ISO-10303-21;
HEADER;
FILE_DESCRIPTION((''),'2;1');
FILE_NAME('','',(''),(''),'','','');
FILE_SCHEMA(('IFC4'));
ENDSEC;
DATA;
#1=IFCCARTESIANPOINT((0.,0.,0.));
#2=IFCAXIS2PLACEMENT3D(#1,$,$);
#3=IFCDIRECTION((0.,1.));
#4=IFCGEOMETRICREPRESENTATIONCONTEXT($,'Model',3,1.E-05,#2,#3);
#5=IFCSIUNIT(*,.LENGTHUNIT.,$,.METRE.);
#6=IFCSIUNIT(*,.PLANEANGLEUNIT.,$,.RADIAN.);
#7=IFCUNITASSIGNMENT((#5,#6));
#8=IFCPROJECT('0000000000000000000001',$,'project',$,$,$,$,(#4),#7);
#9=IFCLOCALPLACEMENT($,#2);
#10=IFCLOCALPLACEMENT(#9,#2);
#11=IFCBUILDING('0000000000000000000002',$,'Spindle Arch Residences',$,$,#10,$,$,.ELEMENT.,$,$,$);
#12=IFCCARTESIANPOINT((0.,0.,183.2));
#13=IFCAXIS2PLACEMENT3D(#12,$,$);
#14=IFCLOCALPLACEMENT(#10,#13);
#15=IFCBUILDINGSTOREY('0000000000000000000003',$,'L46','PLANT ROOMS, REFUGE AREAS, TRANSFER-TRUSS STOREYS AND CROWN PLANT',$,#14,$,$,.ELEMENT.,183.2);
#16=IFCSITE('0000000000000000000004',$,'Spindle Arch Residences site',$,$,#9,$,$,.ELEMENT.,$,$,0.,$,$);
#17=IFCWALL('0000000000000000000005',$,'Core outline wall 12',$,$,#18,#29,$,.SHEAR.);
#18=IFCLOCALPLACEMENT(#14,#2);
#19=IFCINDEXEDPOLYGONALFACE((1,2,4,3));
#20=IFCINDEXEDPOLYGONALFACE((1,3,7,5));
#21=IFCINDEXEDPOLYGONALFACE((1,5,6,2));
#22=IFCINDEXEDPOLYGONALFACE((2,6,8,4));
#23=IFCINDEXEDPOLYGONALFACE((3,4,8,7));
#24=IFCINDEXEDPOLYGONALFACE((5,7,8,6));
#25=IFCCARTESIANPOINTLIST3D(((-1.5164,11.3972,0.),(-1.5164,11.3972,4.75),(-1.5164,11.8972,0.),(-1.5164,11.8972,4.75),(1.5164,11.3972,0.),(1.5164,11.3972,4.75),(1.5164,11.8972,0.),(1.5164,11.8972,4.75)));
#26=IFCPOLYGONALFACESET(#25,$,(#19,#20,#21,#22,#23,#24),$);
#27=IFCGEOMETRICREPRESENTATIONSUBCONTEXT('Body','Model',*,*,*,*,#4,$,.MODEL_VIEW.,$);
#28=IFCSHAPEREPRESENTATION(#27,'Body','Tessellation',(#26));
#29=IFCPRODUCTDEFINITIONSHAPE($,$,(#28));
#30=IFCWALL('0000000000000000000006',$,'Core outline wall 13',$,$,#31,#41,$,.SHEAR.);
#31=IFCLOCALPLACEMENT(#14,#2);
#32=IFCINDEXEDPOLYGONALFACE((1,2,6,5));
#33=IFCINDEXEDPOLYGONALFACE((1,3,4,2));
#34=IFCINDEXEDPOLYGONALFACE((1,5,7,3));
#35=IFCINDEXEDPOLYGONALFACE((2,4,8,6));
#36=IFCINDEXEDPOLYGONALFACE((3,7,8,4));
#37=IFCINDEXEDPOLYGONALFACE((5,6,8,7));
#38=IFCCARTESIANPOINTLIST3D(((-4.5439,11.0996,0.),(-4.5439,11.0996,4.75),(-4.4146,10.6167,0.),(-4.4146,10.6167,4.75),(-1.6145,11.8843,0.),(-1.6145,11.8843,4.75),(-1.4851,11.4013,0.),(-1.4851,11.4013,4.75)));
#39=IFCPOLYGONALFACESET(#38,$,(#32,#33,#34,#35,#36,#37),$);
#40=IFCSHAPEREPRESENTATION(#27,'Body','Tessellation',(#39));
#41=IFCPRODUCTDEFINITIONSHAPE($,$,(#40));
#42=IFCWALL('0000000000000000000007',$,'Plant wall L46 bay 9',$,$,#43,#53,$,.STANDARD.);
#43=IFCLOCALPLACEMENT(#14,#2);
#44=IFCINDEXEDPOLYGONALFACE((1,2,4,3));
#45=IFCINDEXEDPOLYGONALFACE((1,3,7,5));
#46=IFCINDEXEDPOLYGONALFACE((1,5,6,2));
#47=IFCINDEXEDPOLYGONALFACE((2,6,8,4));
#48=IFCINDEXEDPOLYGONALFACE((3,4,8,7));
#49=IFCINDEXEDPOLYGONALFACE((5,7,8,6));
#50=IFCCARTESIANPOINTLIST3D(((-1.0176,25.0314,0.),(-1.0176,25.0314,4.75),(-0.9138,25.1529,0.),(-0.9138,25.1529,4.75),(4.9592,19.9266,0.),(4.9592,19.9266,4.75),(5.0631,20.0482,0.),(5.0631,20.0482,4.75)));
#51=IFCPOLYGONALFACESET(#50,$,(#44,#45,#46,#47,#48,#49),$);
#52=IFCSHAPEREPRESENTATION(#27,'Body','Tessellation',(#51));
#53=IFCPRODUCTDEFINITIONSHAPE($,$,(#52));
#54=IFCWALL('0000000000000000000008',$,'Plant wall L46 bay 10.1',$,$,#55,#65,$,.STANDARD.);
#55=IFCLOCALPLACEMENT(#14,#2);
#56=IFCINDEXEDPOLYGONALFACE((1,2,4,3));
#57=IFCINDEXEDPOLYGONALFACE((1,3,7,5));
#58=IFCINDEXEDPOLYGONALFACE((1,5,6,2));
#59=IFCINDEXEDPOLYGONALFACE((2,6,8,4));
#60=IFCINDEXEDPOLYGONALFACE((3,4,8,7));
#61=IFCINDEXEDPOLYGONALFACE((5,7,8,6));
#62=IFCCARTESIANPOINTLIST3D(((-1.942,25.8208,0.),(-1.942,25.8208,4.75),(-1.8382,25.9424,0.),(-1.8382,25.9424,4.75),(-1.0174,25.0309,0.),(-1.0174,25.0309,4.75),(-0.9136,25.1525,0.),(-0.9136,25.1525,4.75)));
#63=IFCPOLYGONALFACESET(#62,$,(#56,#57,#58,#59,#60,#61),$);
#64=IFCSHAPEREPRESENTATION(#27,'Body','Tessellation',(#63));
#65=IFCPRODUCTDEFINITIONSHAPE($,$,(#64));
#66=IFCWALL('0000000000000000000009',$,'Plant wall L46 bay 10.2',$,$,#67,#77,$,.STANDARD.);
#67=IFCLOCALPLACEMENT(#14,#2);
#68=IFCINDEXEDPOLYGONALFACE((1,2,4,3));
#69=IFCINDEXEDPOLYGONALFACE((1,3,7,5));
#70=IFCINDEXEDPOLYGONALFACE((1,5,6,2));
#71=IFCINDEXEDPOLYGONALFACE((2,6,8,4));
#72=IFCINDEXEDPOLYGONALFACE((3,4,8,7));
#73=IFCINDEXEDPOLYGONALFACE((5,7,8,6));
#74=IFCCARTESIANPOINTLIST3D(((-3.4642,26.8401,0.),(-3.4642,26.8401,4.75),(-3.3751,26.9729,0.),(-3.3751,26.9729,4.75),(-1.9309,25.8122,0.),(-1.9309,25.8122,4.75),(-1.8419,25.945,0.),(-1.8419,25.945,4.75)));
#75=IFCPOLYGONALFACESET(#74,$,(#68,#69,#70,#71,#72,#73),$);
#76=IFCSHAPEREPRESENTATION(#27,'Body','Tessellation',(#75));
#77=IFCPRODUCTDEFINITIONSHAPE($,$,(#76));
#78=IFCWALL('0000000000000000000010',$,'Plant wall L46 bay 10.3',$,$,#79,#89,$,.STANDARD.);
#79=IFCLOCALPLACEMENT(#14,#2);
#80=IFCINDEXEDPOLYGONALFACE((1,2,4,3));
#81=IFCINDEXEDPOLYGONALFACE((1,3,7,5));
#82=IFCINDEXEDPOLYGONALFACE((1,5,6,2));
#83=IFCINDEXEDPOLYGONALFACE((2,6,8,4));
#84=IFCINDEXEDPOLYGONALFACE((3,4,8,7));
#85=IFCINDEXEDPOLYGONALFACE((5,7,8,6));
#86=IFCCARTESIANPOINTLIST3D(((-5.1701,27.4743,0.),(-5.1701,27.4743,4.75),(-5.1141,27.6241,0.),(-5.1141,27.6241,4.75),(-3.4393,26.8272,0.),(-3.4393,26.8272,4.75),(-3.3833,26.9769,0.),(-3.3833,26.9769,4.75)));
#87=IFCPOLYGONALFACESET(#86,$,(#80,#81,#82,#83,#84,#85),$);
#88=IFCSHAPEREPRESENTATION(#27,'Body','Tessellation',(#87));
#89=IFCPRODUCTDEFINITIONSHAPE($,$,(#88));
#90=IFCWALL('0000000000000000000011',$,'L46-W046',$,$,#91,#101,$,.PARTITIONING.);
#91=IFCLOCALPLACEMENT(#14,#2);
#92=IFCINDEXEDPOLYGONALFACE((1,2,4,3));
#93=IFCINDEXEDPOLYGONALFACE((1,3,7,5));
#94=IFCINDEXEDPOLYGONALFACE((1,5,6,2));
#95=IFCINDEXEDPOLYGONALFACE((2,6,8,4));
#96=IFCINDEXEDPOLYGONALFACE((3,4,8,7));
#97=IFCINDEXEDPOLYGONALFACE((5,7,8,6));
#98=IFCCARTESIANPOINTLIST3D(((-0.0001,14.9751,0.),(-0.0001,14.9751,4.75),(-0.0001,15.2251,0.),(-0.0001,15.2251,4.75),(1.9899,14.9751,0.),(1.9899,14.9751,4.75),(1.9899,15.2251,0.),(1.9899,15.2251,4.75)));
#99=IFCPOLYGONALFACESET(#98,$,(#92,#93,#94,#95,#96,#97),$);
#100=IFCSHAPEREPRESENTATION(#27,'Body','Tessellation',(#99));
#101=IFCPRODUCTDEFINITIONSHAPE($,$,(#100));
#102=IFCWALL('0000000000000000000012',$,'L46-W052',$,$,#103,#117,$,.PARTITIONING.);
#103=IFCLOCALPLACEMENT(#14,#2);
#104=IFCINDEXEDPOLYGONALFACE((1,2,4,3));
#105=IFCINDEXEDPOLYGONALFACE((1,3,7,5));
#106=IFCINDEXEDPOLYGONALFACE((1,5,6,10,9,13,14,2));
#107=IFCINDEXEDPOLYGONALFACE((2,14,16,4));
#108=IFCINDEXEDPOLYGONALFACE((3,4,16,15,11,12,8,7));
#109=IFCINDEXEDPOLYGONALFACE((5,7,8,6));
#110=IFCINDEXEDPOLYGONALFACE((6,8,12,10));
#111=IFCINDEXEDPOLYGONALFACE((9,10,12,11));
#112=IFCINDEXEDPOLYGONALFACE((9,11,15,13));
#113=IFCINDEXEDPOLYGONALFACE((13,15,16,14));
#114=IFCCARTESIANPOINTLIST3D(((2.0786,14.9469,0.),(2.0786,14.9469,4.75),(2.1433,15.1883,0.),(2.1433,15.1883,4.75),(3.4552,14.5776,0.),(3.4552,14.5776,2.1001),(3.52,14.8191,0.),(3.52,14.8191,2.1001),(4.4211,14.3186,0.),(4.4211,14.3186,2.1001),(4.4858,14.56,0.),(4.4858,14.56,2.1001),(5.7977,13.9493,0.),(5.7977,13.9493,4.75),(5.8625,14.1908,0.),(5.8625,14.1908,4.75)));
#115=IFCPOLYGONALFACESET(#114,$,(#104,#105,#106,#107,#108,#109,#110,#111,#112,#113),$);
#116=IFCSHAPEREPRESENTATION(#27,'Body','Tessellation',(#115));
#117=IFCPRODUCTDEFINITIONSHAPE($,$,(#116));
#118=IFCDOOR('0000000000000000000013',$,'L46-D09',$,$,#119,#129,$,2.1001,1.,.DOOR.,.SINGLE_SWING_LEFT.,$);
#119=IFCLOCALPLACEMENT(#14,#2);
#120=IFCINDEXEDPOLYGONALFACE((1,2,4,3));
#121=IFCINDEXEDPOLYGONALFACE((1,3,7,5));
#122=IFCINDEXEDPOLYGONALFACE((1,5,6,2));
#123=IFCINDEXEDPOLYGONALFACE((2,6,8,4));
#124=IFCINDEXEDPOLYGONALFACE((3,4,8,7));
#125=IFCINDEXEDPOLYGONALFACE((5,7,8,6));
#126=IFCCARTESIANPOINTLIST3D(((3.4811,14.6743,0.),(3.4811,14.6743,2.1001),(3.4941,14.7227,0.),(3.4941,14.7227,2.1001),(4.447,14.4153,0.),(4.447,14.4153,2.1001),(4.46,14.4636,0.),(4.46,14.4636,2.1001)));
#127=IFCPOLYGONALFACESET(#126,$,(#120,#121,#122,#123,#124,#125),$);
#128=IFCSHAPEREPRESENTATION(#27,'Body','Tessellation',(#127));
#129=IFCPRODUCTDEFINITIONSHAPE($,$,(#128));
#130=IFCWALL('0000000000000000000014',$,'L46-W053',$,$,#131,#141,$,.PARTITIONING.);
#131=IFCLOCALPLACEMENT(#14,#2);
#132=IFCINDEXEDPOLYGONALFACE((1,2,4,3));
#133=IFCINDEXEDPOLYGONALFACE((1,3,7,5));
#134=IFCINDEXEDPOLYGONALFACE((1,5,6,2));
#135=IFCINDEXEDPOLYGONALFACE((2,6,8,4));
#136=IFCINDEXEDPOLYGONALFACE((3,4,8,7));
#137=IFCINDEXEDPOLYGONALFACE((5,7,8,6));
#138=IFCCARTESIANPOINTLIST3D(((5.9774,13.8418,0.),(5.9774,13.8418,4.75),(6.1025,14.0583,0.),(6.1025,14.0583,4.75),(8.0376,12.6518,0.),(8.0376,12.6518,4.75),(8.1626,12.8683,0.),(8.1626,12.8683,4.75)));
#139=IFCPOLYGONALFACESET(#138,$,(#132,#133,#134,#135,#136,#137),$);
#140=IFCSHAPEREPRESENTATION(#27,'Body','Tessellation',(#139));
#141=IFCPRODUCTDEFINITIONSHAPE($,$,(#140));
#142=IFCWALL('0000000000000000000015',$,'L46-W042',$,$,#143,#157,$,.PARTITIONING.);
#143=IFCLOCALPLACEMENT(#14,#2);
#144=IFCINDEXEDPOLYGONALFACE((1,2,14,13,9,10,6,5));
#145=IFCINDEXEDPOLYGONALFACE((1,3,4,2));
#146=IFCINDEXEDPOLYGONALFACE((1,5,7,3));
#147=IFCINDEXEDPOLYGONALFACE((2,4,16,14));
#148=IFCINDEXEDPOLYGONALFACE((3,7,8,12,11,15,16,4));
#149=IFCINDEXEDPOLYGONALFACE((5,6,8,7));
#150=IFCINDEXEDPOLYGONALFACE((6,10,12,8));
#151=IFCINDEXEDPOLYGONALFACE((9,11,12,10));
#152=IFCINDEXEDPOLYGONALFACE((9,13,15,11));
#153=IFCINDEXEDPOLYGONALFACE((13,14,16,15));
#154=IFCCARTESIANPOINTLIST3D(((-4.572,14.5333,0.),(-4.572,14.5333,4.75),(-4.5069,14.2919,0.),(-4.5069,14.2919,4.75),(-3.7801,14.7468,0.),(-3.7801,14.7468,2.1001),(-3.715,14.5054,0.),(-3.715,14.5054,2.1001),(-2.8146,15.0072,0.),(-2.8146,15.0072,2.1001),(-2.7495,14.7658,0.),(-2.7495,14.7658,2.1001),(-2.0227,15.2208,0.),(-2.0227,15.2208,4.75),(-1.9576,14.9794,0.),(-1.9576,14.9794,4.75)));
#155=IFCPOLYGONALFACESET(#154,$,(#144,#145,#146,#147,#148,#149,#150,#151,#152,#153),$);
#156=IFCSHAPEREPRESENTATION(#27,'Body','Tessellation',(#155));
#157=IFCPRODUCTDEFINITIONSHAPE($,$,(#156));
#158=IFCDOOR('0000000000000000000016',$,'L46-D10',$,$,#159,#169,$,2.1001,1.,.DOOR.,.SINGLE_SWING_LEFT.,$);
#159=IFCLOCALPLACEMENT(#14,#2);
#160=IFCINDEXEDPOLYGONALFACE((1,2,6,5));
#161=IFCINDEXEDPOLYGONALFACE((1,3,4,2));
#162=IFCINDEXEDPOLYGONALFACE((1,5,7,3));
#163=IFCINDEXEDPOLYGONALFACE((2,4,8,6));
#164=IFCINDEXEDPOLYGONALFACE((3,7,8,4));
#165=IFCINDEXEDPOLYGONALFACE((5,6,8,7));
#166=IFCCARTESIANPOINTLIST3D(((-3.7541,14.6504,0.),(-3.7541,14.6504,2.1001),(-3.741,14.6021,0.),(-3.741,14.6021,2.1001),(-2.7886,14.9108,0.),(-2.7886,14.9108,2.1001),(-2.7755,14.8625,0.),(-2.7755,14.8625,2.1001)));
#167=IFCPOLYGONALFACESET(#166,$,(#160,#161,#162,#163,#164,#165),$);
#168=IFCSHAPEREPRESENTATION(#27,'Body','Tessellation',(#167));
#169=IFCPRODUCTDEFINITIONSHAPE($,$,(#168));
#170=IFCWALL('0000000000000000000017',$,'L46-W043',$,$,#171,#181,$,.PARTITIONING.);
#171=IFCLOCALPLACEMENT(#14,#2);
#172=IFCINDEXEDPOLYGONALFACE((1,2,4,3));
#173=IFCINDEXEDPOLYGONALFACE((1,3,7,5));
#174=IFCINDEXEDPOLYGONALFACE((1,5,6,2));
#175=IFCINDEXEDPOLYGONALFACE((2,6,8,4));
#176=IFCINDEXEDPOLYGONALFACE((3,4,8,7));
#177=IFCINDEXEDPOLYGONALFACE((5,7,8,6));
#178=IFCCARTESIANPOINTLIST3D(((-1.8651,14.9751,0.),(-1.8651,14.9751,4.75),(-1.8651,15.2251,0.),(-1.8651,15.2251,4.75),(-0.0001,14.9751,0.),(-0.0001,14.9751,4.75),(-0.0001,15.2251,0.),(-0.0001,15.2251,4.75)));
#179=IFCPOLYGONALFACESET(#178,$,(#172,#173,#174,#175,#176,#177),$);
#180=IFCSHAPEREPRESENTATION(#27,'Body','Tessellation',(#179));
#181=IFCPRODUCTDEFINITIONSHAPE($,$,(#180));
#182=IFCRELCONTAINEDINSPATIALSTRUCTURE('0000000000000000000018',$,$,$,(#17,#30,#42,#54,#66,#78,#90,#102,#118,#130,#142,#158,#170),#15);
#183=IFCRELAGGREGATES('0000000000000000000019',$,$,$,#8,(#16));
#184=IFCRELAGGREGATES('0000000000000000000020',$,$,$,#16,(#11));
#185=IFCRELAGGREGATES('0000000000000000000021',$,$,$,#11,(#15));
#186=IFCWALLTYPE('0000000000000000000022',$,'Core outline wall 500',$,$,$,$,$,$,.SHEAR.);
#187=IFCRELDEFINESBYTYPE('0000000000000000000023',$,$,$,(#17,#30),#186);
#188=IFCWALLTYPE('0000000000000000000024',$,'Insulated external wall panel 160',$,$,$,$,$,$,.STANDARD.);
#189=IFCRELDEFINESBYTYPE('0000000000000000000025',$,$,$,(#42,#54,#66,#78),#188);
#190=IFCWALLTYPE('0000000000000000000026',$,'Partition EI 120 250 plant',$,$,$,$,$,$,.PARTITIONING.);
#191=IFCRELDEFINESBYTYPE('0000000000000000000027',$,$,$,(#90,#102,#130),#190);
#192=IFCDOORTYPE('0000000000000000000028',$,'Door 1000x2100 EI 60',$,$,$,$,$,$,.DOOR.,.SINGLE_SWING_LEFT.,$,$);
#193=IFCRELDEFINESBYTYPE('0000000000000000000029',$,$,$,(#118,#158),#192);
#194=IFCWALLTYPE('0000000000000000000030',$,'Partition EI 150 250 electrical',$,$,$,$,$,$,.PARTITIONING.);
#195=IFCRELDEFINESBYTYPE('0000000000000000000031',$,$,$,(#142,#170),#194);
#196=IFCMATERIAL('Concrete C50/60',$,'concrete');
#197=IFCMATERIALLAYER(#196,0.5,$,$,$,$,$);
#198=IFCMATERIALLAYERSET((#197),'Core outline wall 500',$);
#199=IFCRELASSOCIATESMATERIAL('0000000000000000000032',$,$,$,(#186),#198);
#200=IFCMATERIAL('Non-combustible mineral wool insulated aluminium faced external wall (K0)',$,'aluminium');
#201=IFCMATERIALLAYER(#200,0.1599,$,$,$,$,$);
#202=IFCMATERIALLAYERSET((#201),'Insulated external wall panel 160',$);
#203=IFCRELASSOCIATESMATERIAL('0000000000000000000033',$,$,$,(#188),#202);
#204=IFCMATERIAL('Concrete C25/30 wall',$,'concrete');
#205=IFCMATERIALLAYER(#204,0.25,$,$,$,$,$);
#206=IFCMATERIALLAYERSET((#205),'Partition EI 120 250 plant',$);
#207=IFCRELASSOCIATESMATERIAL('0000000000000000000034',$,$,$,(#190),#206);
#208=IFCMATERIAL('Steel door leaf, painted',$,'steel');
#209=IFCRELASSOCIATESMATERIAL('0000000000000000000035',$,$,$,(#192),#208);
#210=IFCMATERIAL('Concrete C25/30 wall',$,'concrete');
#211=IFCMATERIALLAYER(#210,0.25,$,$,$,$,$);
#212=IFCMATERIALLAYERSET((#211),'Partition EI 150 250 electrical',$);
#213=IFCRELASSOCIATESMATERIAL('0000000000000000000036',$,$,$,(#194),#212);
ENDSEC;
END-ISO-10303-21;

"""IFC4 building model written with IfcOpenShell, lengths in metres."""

from ifc_helpers import new_model, si_unit, direction, frame, frame_2d, origin, place, context, subcontext, project, spatial, rectangle, extrude, material, layer, layer_set, type_object, element, fill, save


model = new_model("IFC4")

# Units and contexts
model_context = context("Model", 3, precision=1e-05, world=origin(), true_north=direction((0.0, 1.0)))
body_context = subcontext(model_context, "Body", "Model", "MODEL_VIEW")
ifc_project = project(units=[si_unit("LENGTHUNIT", "METRE"), si_unit("PLANEANGLEUNIT", "RADIAN")], contexts=[model_context])

# Site, building, storey
site_placement = place(None, origin())
site = spatial("IfcSite", under=ifc_project, at=site_placement, Name="Spindle Arch Residences site", CompositionType="ELEMENT", RefElevation=0.0)
building_placement = place(site_placement, origin())
building = spatial("IfcBuilding", under=site, at=building_placement, Name="Spindle Arch Residences", CompositionType="ELEMENT")
storey_placement = place(building_placement, frame((0.0, 0.0, 183.2)))
storey = spatial("IfcBuildingStorey", under=building, at=storey_placement, Name="L46", Description="PLANT ROOMS, REFUGE AREAS, TRANSFER-TRUSS STOREYS AND CROWN PLANT", CompositionType="ELEMENT", Elevation=183.2)

# Shared definitions
ifc_material_1 = material(Name="Concrete C50/60", Category="concrete")
ifc_layer_1 = layer(ifc_material_1, 0.5)
ifc_layer_set_1 = layer_set([ifc_layer_1], Name="Core outline wall 500")
wall_type_1 = type_object("IfcWallType", Name="Core outline wall 500", PredefinedType="SHEAR", material=ifc_layer_set_1)

# Walls
for number, where, z_axis, x_axis, name in (
    (1, (1.5164, 11.6472, 0.0), (0.0, 0.0, 1.0), (-1.0, 0.0, 0.0), "Core outline wall 12"),
    (2, (-1.5498, 11.6428, 0.0), (0.0, 0.0, 1.0), (-0.965948, -0.258735, 0.0), "Core outline wall 13"),
):
    element("IfcWall", number, at=place(storey_placement, frame(where, z_axis=z_axis, x_axis=x_axis)), inside=storey, type_object=wall_type_1, Name=name, PredefinedType="SHEAR", context=body_context, shape_type="SweptSolid", body=[
        extrude(rectangle(XDim=3.0327, YDim=0.5, at=frame_2d((1.5164, 0.0))), origin(), (0.0, 0.0, 1.0), 4.75),
    ])
ifc_material_2 = material(Name="Non-combustible mineral wool insulated aluminium faced external wall (K0)", Category="aluminium")
ifc_layer_2 = layer(ifc_material_2, 0.1599)
ifc_layer_set_2 = layer_set([ifc_layer_2], Name="Insulated external wall panel 160")
wall_type_2 = type_object("IfcWallType", Name="Insulated external wall panel 160", PredefinedType="STANDARD", material=ifc_layer_set_2)
wall_1_placement = place(storey_placement, frame((5.0112, 19.9873, 0.0), z_axis=(0.0, 0.0, 1.0), x_axis=(-0.760402, 0.649453, 0.0)))
element("IfcWall", 3, at=wall_1_placement, inside=storey, type_object=wall_type_2, Name="Plant wall L46 bay 9", PredefinedType="STANDARD", context=body_context, shape_type="SweptSolid", body=[
    extrude(rectangle(XDim=7.8601, YDim=0.1599, at=frame_2d((3.9302, 0.0))), origin(), (0.0, 0.0, 1.0), 4.75),
])
wall_2_placement = place(storey_placement, frame((-0.9656, 25.0918, 0.0), z_axis=(0.0, 0.0, 1.0), x_axis=(-0.760347, 0.649517, 0.0)))
element("IfcWall", 4, at=wall_2_placement, inside=storey, type_object=wall_type_2, Name="Plant wall L46 bay 10.1", PredefinedType="STANDARD", context=body_context, shape_type="SweptSolid", body=[
    extrude(rectangle(XDim=1.2161, YDim=0.1599, at=frame_2d((0.6079, 0.0))), origin(), (0.0, 0.0, 1.0), 4.75),
])
wall_3_placement = place(storey_placement, frame((-1.8865, 25.8787, 0.0), z_axis=(0.0, 0.0, 1.0), x_axis=(-0.830623, 0.556835, 0.0)))
element("IfcWall", 5, at=wall_3_placement, inside=storey, type_object=wall_type_2, Name="Plant wall L46 bay 10.2", PredefinedType="STANDARD", context=body_context, shape_type="SweptSolid", body=[
    extrude(rectangle(XDim=1.8459, YDim=0.1599, at=frame_2d((0.9229, 0.0))), origin(), (0.0, 0.0, 1.0), 4.75),
])
wall_4_placement = place(storey_placement, frame((-3.4114, 26.9021, 0.0), z_axis=(0.0, 0.0, 1.0), x_axis=(-0.936665, 0.350226, 0.0)))
element("IfcWall", 6, at=wall_4_placement, inside=storey, type_object=wall_type_2, Name="Plant wall L46 bay 10.3", PredefinedType="STANDARD", context=body_context, shape_type="SweptSolid", body=[
    extrude(rectangle(XDim=1.8479, YDim=0.1599, at=frame_2d((0.9238, 0.0))), origin(), (0.0, 0.0, 1.0), 4.75),
])
ifc_material_3 = material(Name="Concrete C25/30 wall", Category="concrete")
ifc_layer_3 = layer(ifc_material_3, 0.25)
ifc_layer_set_3 = layer_set([ifc_layer_3], Name="Partition EI 120 250 plant")
wall_type_3 = type_object("IfcWallType", Name="Partition EI 120 250 plant", PredefinedType="PARTITIONING", material=ifc_layer_set_3)
wall_5_placement = place(storey_placement, frame((1.99, 15.1001, 0.0), z_axis=(0.0, 0.0, 1.0), x_axis=(-1.0, 0.0, 0.0)))
element("IfcWall", 7, at=wall_5_placement, inside=storey, type_object=wall_type_3, Name="L46-W046", PredefinedType="PARTITIONING", context=body_context, shape_type="SweptSolid", body=[
    extrude(rectangle(XDim=1.99, YDim=0.25, at=frame_2d((0.9951, 0.0))), origin(), (0.0, 0.0, 1.0), 4.75),
])

# Wall, opening, door
wall_6_placement = place(storey_placement, frame((5.8301, 14.0701, 0.0), z_axis=(0.0, 0.0, 1.0), x_axis=(-0.965861, 0.259059, 0.0)))
wall_6 = element("IfcWall", 8, at=wall_6_placement, inside=storey, type_object=wall_type_3, Name="L46-W052", PredefinedType="PARTITIONING", context=body_context, shape_type="SweptSolid", body=[
    extrude(rectangle(XDim=3.8506, YDim=0.25, at=frame_2d((1.9253, 0.0))), origin(), (0.0, 0.0, 1.0), 4.75),
])
opening_1_placement = place(wall_6_placement, frame((1.4253, 0.0, 0.0)))
opening_1 = element("IfcOpeningElement", 9, at=opening_1_placement, cuts=wall_6, PredefinedType="OPENING", context=body_context, shape_type="SweptSolid", body=[
    extrude(rectangle(XDim=1.0, YDim=2.1001, at=frame_2d((0.5, 1.05))), frame((0.0, 0.135, 0.0), z_axis=(0.0, -1.0, 0.0), x_axis=(1.0, 0.0, 0.0)), (0.0, 0.0, 1.0), 0.27),
])
ifc_material_4 = material(Name="Steel door leaf, painted", Category="steel")
door_type_1 = type_object("IfcDoorType", Name="Door 1000x2100 EI 60", OperationType="SINGLE_SWING_LEFT", PredefinedType="DOOR", material=ifc_material_4)
door_1_placement = place(opening_1_placement, origin())
door_1 = element("IfcDoor", 10, at=door_1_placement, inside=storey, type_object=door_type_1, Name="L46-D09", OperationType="SINGLE_SWING_LEFT", OverallHeight=2.1001, OverallWidth=1.0, PredefinedType="DOOR", context=body_context, shape_type="SweptSolid", body=[
    extrude(rectangle(XDim=1.0, YDim=2.1001, at=frame_2d((0.5, 1.05))), frame((0.0, 0.0249, 0.0), z_axis=(0.0, -1.0, 0.0), x_axis=(1.0, 0.0, 0.0)), (0.0, 0.0, 1.0), 0.05),
])
fill(opening_1, door_1)

# Wall
wall_7_placement = place(storey_placement, frame((6.04, 13.95, 0.0), z_axis=(0.0, 0.0, 1.0), x_axis=(0.865922, -0.500178, 0.0)))
element("IfcWall", 11, at=wall_7_placement, inside=storey, type_object=wall_type_3, Name="L46-W053", PredefinedType="PARTITIONING", context=body_context, shape_type="SweptSolid", body=[
    extrude(rectangle(XDim=2.3792, YDim=0.25, at=frame_2d((1.1895, 0.0))), origin(), (0.0, 0.0, 1.0), 4.75),
])

# Wall, opening, door
ifc_material_5 = material(Name="Concrete C25/30 wall", Category="concrete")
ifc_layer_4 = layer(ifc_material_5, 0.25)
ifc_layer_set_4 = layer_set([ifc_layer_4], Name="Partition EI 150 250 electrical")
wall_type_4 = type_object("IfcWallType", Name="Partition EI 150 250 electrical", PredefinedType="PARTITIONING", material=ifc_layer_set_4)
wall_8_placement = place(storey_placement, frame((-1.99, 15.1001, 0.0), z_axis=(0.0, 0.0, 1.0), x_axis=(-0.965507, -0.260378, 0.0)))
wall_8 = element("IfcWall", 12, at=wall_8_placement, inside=storey, type_object=wall_type_4, Name="L46-W042", PredefinedType="PARTITIONING", context=body_context, shape_type="SweptSolid", body=[
    extrude(rectangle(XDim=2.6404, YDim=0.25, at=frame_2d((1.3203, 0.0))), origin(), (0.0, 0.0, 1.0), 4.75),
])
opening_2_placement = place(wall_8_placement, frame((0.8203, 0.0, 0.0)))
opening_2 = element("IfcOpeningElement", 13, at=opening_2_placement, cuts=wall_8, PredefinedType="OPENING", context=body_context, shape_type="SweptSolid", body=[
    extrude(rectangle(XDim=1.0, YDim=2.1001, at=frame_2d((0.5, 1.05))), frame((0.0, 0.135, 0.0), z_axis=(0.0, -1.0, 0.0), x_axis=(1.0, 0.0, 0.0)), (0.0, 0.0, 1.0), 0.27),
])
door_2_placement = place(opening_2_placement, origin())
door_2 = element("IfcDoor", 14, at=door_2_placement, inside=storey, type_object=door_type_1, Name="L46-D10", OperationType="SINGLE_SWING_LEFT", OverallHeight=2.1001, OverallWidth=1.0, PredefinedType="DOOR", context=body_context, shape_type="SweptSolid", body=[
    extrude(rectangle(XDim=1.0, YDim=2.1001, at=frame_2d((0.5, 1.05))), frame((0.0, 0.0249, 0.0), z_axis=(0.0, -1.0, 0.0), x_axis=(1.0, 0.0, 0.0)), (0.0, 0.0, 1.0), 0.05),
])
fill(opening_2, door_2)

# Wall
wall_9_placement = place(storey_placement, frame((0.0, 15.1001, 0.0), z_axis=(0.0, 0.0, 1.0), x_axis=(-1.0, 0.0, 0.0)))
element("IfcWall", 15, at=wall_9_placement, inside=storey, type_object=wall_type_4, Name="L46-W043", PredefinedType="PARTITIONING", context=body_context, shape_type="SweptSolid", body=[
    extrude(rectangle(XDim=1.865, YDim=0.25, at=frame_2d((0.9326, 0.0))), origin(), (0.0, 0.0, 1.0), 4.75),
])

save(model, "model.ifc")
